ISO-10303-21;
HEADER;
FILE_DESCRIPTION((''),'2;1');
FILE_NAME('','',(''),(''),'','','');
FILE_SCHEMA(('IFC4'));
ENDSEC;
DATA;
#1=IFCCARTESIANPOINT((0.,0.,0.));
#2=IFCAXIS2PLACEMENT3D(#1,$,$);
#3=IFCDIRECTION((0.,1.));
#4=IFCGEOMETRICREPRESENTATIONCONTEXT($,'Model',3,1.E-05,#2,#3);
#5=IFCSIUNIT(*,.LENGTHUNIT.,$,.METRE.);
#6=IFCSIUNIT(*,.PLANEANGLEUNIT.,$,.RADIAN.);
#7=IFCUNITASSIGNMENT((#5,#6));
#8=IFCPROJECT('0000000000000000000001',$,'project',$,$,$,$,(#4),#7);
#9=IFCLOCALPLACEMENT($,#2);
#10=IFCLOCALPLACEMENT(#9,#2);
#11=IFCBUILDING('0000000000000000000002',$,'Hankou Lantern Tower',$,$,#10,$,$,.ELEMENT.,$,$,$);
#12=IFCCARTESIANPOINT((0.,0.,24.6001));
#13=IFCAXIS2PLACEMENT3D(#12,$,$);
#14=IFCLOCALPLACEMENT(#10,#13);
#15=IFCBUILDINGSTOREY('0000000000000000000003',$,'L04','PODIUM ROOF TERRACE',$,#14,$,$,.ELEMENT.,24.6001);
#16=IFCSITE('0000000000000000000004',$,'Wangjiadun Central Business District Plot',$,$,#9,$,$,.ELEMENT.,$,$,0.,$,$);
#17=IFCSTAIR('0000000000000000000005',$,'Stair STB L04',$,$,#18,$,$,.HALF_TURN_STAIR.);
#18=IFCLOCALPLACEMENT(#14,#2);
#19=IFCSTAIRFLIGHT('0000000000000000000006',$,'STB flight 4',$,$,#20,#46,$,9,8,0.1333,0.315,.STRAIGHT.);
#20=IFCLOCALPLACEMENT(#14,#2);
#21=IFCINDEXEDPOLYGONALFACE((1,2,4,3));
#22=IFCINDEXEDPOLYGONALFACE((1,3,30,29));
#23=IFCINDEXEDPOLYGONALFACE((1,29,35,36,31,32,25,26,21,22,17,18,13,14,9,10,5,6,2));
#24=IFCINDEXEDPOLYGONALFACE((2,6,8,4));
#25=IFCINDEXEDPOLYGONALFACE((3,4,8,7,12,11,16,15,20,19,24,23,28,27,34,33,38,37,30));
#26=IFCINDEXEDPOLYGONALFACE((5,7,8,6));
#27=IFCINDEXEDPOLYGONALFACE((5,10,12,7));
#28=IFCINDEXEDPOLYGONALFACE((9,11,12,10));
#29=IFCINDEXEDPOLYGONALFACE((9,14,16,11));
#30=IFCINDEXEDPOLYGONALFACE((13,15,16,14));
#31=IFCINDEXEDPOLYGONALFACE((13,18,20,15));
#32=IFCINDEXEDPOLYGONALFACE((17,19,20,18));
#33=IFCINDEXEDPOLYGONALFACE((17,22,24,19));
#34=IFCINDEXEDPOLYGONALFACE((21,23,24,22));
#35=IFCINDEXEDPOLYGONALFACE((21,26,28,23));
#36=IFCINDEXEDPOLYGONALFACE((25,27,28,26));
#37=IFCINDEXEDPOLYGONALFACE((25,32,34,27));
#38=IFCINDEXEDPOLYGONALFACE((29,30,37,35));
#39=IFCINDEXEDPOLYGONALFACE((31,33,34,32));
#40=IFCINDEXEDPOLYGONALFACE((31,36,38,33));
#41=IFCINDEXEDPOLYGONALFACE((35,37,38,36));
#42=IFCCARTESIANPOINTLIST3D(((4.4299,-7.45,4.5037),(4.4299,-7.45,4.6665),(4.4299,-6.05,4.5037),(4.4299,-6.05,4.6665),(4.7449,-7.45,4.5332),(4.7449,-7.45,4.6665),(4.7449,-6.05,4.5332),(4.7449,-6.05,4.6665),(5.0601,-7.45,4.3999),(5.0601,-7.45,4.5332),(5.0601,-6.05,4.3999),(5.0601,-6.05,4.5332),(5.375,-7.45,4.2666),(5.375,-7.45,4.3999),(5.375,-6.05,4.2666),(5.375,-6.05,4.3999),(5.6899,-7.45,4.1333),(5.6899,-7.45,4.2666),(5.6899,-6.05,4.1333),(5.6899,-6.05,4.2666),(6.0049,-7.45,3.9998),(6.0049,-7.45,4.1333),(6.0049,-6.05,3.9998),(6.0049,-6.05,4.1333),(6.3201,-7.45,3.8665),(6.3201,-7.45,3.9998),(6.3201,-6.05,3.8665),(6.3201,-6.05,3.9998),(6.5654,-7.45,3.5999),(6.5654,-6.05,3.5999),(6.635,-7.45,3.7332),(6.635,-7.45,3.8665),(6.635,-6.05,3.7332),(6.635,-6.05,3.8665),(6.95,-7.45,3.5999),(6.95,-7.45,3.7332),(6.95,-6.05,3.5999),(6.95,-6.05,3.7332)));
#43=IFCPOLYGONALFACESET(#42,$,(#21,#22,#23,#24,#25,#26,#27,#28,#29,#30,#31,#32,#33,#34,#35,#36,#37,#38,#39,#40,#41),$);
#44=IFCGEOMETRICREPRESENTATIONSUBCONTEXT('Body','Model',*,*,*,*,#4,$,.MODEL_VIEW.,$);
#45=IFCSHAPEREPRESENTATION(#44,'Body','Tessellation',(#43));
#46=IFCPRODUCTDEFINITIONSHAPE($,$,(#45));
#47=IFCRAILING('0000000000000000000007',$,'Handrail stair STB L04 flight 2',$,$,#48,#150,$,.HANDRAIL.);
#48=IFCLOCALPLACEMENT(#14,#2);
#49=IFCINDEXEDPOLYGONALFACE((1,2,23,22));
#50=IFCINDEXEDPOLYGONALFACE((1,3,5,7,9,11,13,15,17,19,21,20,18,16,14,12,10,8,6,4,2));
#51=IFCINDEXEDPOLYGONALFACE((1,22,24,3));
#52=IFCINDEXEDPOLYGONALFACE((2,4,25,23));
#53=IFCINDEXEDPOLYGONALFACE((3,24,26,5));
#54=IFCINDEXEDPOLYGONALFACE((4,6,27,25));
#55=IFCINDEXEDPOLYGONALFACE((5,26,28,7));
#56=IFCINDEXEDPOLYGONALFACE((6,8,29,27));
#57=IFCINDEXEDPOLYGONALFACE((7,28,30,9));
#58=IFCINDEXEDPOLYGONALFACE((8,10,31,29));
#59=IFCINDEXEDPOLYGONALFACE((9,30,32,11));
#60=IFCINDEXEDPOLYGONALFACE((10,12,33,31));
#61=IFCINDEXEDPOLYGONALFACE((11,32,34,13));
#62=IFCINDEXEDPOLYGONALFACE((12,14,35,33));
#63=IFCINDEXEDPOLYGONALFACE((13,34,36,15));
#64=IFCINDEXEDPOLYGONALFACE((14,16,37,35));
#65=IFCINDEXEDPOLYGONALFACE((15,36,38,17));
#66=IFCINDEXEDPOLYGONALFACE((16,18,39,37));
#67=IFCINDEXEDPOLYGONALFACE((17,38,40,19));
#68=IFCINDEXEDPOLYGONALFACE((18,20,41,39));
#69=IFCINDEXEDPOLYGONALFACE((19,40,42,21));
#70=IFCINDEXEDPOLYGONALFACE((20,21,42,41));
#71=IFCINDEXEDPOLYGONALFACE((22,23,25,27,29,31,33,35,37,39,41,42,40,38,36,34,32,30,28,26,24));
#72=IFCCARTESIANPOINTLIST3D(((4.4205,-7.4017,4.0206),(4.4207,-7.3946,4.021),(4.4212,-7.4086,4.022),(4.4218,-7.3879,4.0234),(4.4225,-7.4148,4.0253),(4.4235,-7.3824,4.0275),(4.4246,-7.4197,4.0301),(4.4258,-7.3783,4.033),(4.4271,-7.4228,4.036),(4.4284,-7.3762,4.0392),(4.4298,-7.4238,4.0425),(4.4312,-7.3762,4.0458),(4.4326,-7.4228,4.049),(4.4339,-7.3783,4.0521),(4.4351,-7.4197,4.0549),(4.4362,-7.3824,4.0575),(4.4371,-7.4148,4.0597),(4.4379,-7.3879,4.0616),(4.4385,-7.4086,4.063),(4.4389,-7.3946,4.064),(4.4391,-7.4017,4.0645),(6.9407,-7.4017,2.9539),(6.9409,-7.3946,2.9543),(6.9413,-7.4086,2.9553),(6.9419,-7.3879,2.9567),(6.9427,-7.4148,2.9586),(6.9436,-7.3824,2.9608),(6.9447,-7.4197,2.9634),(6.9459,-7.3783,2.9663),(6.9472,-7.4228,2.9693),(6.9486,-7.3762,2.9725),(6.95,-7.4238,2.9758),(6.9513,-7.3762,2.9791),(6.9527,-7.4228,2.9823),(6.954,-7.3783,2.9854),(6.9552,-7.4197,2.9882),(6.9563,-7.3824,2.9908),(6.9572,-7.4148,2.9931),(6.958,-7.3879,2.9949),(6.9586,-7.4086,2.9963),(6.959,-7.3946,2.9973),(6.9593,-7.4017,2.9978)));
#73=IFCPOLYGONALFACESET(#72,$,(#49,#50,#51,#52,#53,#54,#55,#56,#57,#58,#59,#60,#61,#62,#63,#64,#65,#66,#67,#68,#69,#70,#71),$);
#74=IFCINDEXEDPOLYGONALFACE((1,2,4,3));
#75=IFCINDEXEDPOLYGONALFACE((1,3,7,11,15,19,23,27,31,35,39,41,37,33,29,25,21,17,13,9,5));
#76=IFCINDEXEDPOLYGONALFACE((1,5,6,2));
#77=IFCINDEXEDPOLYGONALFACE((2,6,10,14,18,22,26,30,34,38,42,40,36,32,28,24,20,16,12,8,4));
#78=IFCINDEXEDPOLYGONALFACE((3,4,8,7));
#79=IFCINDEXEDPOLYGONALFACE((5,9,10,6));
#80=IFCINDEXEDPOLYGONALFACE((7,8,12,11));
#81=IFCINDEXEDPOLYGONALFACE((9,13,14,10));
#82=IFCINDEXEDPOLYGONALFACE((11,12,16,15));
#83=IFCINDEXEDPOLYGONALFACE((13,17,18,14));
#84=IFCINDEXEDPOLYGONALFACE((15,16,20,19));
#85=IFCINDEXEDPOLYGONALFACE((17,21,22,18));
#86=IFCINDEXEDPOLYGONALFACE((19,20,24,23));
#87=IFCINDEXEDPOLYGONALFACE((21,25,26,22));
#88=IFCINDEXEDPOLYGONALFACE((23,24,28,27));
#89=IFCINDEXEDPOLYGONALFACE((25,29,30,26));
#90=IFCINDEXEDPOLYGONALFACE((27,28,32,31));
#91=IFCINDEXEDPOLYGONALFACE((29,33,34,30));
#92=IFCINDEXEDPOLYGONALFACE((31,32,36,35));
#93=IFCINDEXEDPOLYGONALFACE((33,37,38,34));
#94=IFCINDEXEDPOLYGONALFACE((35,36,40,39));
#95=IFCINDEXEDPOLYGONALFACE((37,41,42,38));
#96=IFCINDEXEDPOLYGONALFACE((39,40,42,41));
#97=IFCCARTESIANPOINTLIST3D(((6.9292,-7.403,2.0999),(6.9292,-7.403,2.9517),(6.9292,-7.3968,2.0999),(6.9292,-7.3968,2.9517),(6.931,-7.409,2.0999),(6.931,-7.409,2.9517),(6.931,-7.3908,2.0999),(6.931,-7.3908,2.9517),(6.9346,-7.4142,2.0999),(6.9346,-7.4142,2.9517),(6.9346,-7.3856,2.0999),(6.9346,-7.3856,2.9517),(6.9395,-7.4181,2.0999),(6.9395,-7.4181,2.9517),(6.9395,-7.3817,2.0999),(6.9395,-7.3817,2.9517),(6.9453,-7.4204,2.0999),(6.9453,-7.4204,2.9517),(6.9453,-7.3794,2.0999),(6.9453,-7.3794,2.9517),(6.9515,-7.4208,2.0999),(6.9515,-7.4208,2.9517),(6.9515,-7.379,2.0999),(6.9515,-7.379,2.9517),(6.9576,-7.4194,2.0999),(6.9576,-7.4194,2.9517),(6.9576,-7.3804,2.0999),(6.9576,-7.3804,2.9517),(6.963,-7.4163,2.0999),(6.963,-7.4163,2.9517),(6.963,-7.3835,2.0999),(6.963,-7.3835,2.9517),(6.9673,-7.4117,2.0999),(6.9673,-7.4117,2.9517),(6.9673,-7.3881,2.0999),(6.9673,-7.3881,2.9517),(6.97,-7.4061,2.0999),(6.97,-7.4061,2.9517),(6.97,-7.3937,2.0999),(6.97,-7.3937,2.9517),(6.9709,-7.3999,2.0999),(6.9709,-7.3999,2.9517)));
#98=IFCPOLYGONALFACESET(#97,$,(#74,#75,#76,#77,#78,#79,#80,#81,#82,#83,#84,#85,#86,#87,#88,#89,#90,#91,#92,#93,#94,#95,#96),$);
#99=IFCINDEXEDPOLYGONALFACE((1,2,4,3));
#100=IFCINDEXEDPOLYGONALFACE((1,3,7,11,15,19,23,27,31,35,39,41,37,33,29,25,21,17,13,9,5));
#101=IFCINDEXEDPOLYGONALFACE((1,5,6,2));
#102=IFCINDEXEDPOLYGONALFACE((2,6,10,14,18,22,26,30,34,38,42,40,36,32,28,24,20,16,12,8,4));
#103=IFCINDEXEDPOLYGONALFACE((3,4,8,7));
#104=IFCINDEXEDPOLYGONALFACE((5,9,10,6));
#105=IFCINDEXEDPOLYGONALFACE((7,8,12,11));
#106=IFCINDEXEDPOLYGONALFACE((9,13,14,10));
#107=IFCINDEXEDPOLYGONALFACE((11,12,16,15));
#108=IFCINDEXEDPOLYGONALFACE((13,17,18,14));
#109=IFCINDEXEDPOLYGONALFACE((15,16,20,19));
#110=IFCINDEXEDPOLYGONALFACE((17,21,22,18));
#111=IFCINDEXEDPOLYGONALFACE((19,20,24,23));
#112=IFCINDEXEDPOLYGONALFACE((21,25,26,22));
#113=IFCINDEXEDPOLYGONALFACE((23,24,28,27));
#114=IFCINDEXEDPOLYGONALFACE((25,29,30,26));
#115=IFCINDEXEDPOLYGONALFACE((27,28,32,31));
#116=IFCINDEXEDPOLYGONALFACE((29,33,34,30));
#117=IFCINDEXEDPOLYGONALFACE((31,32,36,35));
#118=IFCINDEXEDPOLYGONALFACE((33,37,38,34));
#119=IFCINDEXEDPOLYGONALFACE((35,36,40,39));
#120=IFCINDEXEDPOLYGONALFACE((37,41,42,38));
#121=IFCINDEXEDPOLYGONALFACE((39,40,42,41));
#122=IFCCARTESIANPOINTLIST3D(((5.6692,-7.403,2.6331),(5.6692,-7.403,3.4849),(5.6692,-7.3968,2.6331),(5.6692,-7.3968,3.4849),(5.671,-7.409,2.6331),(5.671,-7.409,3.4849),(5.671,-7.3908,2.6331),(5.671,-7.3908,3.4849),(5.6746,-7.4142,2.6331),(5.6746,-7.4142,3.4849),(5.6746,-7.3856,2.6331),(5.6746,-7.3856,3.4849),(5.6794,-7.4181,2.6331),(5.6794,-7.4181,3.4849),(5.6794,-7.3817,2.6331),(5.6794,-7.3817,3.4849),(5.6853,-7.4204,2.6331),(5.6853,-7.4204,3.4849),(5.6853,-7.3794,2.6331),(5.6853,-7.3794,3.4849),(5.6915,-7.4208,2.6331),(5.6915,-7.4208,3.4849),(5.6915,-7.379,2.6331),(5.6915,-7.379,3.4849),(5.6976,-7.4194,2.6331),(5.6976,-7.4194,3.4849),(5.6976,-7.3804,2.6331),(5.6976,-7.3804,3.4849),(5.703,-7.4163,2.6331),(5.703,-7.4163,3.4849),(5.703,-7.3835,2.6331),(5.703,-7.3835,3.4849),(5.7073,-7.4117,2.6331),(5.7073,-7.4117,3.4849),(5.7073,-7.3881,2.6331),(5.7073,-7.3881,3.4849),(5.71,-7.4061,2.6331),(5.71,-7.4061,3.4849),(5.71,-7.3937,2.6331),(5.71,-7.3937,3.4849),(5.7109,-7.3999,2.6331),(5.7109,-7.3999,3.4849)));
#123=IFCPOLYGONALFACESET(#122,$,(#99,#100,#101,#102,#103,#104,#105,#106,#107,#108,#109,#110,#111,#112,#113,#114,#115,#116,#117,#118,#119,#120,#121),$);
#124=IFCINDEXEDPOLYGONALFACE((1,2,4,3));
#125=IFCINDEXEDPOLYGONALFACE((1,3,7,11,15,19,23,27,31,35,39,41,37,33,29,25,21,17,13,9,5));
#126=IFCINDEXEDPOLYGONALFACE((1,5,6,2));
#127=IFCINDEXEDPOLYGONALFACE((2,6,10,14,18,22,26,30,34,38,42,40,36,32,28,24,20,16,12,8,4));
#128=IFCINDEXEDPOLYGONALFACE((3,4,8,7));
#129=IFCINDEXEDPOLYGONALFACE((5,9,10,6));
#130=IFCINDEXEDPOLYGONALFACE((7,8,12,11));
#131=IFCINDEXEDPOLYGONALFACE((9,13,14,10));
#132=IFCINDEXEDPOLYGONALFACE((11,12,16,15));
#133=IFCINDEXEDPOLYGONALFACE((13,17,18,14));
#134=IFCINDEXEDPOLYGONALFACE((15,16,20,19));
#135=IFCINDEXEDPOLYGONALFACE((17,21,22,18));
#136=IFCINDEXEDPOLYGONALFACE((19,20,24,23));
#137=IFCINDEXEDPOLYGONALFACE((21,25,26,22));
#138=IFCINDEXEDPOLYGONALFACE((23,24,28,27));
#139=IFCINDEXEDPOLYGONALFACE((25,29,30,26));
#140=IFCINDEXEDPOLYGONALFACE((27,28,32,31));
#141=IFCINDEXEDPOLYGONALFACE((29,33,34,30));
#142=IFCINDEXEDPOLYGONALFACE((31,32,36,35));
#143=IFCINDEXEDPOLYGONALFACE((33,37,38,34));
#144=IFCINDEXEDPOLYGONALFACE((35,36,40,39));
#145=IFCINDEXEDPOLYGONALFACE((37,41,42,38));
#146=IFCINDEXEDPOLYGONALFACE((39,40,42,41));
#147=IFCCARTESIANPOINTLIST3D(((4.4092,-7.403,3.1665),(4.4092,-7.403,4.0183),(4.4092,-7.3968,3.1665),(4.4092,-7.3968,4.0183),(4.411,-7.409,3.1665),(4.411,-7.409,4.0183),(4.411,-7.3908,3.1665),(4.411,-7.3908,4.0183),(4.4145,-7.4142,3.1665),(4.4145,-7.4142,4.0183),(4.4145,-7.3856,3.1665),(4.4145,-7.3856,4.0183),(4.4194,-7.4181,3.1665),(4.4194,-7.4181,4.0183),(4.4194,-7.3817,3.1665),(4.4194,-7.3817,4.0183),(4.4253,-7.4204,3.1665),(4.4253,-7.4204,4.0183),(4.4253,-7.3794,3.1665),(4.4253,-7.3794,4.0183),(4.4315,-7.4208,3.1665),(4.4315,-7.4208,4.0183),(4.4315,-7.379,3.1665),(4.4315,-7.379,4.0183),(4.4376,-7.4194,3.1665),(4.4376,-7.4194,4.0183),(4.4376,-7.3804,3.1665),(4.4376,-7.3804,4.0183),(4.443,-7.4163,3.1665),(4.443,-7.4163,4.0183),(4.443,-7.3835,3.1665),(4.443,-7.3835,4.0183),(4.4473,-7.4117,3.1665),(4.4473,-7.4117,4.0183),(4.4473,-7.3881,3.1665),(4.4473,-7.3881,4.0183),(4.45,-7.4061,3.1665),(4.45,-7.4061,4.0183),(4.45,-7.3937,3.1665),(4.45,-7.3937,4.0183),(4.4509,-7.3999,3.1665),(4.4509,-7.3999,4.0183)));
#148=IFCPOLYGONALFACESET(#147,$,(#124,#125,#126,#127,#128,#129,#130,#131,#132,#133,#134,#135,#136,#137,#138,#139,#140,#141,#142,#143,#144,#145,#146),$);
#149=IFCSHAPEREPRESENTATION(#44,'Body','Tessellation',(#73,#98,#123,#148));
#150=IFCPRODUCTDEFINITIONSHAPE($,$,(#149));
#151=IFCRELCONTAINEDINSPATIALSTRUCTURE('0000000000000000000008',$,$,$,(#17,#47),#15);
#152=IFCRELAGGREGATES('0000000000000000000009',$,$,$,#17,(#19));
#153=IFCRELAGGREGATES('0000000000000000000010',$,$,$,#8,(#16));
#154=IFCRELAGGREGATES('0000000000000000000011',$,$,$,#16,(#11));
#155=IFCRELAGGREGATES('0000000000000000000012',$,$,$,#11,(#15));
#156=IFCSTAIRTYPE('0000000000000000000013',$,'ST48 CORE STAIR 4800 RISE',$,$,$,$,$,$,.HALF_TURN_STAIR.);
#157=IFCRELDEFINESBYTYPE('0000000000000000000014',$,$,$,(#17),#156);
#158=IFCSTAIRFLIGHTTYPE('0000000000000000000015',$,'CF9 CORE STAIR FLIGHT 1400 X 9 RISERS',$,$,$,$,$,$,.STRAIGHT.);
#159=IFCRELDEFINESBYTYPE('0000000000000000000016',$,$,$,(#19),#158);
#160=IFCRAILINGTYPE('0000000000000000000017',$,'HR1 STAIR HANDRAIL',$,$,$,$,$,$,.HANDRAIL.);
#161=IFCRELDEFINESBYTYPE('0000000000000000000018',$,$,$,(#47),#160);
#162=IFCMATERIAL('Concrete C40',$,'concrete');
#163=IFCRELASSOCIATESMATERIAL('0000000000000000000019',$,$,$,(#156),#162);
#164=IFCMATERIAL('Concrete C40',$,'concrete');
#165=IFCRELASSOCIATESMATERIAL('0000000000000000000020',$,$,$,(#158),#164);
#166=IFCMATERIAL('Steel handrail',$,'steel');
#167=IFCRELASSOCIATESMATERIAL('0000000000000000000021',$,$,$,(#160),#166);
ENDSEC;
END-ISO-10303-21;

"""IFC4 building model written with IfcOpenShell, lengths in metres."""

from ifc_helpers import new_model, si_unit, direction, frame, origin, origin_2d, place, context, subcontext, project, spatial, polyline, circle, outline, extrude, material, type_object, element, aggregate, save


model = new_model("IFC4")

# Units and contexts
model_context = context("Model", 3, precision=1e-05, world=origin(), true_north=direction((0.0, 1.0)))
body_context = subcontext(model_context, "Body", "Model", "MODEL_VIEW")
ifc_project = project(units=[si_unit("LENGTHUNIT", "METRE"), si_unit("PLANEANGLEUNIT", "RADIAN")], contexts=[model_context])

# Site, building, storey
site_placement = place(None, origin())
site = spatial("IfcSite", under=ifc_project, at=site_placement, Name="Wangjiadun Central Business District Plot", CompositionType="ELEMENT", RefElevation=0.0)
building_placement = place(site_placement, origin())
building = spatial("IfcBuilding", under=site, at=building_placement, Name="Hankou Lantern Tower", CompositionType="ELEMENT")
storey_placement = place(building_placement, frame((0.0, 0.0, 24.6001)))
storey = spatial("IfcBuildingStorey", under=building, at=storey_placement, Name="L04", Description="PODIUM ROOF TERRACE", CompositionType="ELEMENT", Elevation=24.6001)

# Stair, stair flight
ifc_material_1 = material(Name="Concrete C40", Category="concrete")
stair_type = type_object("IfcStairType", Name="ST48 CORE STAIR 4800 RISE", PredefinedType="HALF_TURN_STAIR", material=ifc_material_1)
stair_placement = place(storey_placement, origin())
stair = element("IfcStair", 1, at=stair_placement, inside=storey, type_object=stair_type, Name="Stair STB L04", PredefinedType="HALF_TURN_STAIR")
ifc_material_2 = material(Name="Concrete C40", Category="concrete")
stair_flight_type = type_object("IfcStairFlightType", Name="CF9 CORE STAIR FLIGHT 1400 X 9 RISERS", PredefinedType="STRAIGHT", material=ifc_material_2)
stair_flight_1_placement = place(storey_placement, frame((6.95, -6.75, 3.5999), z_axis=(0.0, 0.0, 1.0), x_axis=(-1.0, 0.0, 0.0)))
stair_flight_1 = element("IfcStairFlight", 2, at=stair_flight_1_placement, type_object=stair_flight_type, Name="STB flight 4", NumberOfRisers=9, NumberOfTreads=8, PredefinedType="STRAIGHT", RiserHeight=0.1333, TreadLength=0.315, context=body_context, shape_type="SweptSolid", body=[
    extrude(outline(polyline([(0.0, 0.0), (0.0, 0.1333), (0.3149, 0.1333), (0.3149, 0.2666), (0.6299, 0.2666), (0.6299, 0.3999), (0.9451, 0.3999), (0.9451, 0.5334), (1.26, 0.5334), (1.26, 0.6667), (1.575, 0.6667), (1.575, 0.8), (1.8899, 0.8), (1.8899, 0.9333), (2.2051, 0.9333), (2.2051, 1.0667), (2.52, 1.0667), (2.52, 1.2), (2.52, 0.9038), (0.3845, 0.0), (0.0, 0.0)])), frame((0.0, 0.7, 0.0), z_axis=(0.0, -1.0, 0.0), x_axis=(1.0, 0.0, 0.0)), (0.0, 0.0, 1.0), 1.3999),
])
aggregate(stair, [stair_flight_1])

# Railing
ifc_material_3 = material(Name="Steel handrail", Category="steel")
railing_type = type_object("IfcRailingType", Name="HR1 STAIR HANDRAIL", PredefinedType="HANDRAIL", material=ifc_material_3)
railing_1_placement = place(storey_placement, frame((6.95, -7.3999, 2.0999)))
element("IfcRailing", 3, at=railing_1_placement, inside=storey, type_object=railing_type, Name="Handrail stair STB L04 flight 2", PredefinedType="HANDRAIL", context=body_context, shape_type="SweptSolid", body=[
    extrude(circle(Radius=0.0239, at=origin_2d()), frame((0.0, 0.0, 0.876), z_axis=(-0.920903, 0.0, 0.389791), x_axis=(0.0, -1.0, 0.0)), (0.0, 0.0, 1.0), 2.7366),
    extrude(circle(Radius=0.021, at=origin_2d()), origin(), (0.0, 0.0, 1.0), 0.8518),
    extrude(circle(Radius=0.021, at=origin_2d()), frame((-1.26, 0.0, 0.5332)), (0.0, 0.0, 1.0), 0.8518),
    extrude(circle(Radius=0.021, at=origin_2d()), frame((-2.52, 0.0, 1.0667)), (0.0, 0.0, 1.0), 0.8518),
])

save(model, "model.ifc")
